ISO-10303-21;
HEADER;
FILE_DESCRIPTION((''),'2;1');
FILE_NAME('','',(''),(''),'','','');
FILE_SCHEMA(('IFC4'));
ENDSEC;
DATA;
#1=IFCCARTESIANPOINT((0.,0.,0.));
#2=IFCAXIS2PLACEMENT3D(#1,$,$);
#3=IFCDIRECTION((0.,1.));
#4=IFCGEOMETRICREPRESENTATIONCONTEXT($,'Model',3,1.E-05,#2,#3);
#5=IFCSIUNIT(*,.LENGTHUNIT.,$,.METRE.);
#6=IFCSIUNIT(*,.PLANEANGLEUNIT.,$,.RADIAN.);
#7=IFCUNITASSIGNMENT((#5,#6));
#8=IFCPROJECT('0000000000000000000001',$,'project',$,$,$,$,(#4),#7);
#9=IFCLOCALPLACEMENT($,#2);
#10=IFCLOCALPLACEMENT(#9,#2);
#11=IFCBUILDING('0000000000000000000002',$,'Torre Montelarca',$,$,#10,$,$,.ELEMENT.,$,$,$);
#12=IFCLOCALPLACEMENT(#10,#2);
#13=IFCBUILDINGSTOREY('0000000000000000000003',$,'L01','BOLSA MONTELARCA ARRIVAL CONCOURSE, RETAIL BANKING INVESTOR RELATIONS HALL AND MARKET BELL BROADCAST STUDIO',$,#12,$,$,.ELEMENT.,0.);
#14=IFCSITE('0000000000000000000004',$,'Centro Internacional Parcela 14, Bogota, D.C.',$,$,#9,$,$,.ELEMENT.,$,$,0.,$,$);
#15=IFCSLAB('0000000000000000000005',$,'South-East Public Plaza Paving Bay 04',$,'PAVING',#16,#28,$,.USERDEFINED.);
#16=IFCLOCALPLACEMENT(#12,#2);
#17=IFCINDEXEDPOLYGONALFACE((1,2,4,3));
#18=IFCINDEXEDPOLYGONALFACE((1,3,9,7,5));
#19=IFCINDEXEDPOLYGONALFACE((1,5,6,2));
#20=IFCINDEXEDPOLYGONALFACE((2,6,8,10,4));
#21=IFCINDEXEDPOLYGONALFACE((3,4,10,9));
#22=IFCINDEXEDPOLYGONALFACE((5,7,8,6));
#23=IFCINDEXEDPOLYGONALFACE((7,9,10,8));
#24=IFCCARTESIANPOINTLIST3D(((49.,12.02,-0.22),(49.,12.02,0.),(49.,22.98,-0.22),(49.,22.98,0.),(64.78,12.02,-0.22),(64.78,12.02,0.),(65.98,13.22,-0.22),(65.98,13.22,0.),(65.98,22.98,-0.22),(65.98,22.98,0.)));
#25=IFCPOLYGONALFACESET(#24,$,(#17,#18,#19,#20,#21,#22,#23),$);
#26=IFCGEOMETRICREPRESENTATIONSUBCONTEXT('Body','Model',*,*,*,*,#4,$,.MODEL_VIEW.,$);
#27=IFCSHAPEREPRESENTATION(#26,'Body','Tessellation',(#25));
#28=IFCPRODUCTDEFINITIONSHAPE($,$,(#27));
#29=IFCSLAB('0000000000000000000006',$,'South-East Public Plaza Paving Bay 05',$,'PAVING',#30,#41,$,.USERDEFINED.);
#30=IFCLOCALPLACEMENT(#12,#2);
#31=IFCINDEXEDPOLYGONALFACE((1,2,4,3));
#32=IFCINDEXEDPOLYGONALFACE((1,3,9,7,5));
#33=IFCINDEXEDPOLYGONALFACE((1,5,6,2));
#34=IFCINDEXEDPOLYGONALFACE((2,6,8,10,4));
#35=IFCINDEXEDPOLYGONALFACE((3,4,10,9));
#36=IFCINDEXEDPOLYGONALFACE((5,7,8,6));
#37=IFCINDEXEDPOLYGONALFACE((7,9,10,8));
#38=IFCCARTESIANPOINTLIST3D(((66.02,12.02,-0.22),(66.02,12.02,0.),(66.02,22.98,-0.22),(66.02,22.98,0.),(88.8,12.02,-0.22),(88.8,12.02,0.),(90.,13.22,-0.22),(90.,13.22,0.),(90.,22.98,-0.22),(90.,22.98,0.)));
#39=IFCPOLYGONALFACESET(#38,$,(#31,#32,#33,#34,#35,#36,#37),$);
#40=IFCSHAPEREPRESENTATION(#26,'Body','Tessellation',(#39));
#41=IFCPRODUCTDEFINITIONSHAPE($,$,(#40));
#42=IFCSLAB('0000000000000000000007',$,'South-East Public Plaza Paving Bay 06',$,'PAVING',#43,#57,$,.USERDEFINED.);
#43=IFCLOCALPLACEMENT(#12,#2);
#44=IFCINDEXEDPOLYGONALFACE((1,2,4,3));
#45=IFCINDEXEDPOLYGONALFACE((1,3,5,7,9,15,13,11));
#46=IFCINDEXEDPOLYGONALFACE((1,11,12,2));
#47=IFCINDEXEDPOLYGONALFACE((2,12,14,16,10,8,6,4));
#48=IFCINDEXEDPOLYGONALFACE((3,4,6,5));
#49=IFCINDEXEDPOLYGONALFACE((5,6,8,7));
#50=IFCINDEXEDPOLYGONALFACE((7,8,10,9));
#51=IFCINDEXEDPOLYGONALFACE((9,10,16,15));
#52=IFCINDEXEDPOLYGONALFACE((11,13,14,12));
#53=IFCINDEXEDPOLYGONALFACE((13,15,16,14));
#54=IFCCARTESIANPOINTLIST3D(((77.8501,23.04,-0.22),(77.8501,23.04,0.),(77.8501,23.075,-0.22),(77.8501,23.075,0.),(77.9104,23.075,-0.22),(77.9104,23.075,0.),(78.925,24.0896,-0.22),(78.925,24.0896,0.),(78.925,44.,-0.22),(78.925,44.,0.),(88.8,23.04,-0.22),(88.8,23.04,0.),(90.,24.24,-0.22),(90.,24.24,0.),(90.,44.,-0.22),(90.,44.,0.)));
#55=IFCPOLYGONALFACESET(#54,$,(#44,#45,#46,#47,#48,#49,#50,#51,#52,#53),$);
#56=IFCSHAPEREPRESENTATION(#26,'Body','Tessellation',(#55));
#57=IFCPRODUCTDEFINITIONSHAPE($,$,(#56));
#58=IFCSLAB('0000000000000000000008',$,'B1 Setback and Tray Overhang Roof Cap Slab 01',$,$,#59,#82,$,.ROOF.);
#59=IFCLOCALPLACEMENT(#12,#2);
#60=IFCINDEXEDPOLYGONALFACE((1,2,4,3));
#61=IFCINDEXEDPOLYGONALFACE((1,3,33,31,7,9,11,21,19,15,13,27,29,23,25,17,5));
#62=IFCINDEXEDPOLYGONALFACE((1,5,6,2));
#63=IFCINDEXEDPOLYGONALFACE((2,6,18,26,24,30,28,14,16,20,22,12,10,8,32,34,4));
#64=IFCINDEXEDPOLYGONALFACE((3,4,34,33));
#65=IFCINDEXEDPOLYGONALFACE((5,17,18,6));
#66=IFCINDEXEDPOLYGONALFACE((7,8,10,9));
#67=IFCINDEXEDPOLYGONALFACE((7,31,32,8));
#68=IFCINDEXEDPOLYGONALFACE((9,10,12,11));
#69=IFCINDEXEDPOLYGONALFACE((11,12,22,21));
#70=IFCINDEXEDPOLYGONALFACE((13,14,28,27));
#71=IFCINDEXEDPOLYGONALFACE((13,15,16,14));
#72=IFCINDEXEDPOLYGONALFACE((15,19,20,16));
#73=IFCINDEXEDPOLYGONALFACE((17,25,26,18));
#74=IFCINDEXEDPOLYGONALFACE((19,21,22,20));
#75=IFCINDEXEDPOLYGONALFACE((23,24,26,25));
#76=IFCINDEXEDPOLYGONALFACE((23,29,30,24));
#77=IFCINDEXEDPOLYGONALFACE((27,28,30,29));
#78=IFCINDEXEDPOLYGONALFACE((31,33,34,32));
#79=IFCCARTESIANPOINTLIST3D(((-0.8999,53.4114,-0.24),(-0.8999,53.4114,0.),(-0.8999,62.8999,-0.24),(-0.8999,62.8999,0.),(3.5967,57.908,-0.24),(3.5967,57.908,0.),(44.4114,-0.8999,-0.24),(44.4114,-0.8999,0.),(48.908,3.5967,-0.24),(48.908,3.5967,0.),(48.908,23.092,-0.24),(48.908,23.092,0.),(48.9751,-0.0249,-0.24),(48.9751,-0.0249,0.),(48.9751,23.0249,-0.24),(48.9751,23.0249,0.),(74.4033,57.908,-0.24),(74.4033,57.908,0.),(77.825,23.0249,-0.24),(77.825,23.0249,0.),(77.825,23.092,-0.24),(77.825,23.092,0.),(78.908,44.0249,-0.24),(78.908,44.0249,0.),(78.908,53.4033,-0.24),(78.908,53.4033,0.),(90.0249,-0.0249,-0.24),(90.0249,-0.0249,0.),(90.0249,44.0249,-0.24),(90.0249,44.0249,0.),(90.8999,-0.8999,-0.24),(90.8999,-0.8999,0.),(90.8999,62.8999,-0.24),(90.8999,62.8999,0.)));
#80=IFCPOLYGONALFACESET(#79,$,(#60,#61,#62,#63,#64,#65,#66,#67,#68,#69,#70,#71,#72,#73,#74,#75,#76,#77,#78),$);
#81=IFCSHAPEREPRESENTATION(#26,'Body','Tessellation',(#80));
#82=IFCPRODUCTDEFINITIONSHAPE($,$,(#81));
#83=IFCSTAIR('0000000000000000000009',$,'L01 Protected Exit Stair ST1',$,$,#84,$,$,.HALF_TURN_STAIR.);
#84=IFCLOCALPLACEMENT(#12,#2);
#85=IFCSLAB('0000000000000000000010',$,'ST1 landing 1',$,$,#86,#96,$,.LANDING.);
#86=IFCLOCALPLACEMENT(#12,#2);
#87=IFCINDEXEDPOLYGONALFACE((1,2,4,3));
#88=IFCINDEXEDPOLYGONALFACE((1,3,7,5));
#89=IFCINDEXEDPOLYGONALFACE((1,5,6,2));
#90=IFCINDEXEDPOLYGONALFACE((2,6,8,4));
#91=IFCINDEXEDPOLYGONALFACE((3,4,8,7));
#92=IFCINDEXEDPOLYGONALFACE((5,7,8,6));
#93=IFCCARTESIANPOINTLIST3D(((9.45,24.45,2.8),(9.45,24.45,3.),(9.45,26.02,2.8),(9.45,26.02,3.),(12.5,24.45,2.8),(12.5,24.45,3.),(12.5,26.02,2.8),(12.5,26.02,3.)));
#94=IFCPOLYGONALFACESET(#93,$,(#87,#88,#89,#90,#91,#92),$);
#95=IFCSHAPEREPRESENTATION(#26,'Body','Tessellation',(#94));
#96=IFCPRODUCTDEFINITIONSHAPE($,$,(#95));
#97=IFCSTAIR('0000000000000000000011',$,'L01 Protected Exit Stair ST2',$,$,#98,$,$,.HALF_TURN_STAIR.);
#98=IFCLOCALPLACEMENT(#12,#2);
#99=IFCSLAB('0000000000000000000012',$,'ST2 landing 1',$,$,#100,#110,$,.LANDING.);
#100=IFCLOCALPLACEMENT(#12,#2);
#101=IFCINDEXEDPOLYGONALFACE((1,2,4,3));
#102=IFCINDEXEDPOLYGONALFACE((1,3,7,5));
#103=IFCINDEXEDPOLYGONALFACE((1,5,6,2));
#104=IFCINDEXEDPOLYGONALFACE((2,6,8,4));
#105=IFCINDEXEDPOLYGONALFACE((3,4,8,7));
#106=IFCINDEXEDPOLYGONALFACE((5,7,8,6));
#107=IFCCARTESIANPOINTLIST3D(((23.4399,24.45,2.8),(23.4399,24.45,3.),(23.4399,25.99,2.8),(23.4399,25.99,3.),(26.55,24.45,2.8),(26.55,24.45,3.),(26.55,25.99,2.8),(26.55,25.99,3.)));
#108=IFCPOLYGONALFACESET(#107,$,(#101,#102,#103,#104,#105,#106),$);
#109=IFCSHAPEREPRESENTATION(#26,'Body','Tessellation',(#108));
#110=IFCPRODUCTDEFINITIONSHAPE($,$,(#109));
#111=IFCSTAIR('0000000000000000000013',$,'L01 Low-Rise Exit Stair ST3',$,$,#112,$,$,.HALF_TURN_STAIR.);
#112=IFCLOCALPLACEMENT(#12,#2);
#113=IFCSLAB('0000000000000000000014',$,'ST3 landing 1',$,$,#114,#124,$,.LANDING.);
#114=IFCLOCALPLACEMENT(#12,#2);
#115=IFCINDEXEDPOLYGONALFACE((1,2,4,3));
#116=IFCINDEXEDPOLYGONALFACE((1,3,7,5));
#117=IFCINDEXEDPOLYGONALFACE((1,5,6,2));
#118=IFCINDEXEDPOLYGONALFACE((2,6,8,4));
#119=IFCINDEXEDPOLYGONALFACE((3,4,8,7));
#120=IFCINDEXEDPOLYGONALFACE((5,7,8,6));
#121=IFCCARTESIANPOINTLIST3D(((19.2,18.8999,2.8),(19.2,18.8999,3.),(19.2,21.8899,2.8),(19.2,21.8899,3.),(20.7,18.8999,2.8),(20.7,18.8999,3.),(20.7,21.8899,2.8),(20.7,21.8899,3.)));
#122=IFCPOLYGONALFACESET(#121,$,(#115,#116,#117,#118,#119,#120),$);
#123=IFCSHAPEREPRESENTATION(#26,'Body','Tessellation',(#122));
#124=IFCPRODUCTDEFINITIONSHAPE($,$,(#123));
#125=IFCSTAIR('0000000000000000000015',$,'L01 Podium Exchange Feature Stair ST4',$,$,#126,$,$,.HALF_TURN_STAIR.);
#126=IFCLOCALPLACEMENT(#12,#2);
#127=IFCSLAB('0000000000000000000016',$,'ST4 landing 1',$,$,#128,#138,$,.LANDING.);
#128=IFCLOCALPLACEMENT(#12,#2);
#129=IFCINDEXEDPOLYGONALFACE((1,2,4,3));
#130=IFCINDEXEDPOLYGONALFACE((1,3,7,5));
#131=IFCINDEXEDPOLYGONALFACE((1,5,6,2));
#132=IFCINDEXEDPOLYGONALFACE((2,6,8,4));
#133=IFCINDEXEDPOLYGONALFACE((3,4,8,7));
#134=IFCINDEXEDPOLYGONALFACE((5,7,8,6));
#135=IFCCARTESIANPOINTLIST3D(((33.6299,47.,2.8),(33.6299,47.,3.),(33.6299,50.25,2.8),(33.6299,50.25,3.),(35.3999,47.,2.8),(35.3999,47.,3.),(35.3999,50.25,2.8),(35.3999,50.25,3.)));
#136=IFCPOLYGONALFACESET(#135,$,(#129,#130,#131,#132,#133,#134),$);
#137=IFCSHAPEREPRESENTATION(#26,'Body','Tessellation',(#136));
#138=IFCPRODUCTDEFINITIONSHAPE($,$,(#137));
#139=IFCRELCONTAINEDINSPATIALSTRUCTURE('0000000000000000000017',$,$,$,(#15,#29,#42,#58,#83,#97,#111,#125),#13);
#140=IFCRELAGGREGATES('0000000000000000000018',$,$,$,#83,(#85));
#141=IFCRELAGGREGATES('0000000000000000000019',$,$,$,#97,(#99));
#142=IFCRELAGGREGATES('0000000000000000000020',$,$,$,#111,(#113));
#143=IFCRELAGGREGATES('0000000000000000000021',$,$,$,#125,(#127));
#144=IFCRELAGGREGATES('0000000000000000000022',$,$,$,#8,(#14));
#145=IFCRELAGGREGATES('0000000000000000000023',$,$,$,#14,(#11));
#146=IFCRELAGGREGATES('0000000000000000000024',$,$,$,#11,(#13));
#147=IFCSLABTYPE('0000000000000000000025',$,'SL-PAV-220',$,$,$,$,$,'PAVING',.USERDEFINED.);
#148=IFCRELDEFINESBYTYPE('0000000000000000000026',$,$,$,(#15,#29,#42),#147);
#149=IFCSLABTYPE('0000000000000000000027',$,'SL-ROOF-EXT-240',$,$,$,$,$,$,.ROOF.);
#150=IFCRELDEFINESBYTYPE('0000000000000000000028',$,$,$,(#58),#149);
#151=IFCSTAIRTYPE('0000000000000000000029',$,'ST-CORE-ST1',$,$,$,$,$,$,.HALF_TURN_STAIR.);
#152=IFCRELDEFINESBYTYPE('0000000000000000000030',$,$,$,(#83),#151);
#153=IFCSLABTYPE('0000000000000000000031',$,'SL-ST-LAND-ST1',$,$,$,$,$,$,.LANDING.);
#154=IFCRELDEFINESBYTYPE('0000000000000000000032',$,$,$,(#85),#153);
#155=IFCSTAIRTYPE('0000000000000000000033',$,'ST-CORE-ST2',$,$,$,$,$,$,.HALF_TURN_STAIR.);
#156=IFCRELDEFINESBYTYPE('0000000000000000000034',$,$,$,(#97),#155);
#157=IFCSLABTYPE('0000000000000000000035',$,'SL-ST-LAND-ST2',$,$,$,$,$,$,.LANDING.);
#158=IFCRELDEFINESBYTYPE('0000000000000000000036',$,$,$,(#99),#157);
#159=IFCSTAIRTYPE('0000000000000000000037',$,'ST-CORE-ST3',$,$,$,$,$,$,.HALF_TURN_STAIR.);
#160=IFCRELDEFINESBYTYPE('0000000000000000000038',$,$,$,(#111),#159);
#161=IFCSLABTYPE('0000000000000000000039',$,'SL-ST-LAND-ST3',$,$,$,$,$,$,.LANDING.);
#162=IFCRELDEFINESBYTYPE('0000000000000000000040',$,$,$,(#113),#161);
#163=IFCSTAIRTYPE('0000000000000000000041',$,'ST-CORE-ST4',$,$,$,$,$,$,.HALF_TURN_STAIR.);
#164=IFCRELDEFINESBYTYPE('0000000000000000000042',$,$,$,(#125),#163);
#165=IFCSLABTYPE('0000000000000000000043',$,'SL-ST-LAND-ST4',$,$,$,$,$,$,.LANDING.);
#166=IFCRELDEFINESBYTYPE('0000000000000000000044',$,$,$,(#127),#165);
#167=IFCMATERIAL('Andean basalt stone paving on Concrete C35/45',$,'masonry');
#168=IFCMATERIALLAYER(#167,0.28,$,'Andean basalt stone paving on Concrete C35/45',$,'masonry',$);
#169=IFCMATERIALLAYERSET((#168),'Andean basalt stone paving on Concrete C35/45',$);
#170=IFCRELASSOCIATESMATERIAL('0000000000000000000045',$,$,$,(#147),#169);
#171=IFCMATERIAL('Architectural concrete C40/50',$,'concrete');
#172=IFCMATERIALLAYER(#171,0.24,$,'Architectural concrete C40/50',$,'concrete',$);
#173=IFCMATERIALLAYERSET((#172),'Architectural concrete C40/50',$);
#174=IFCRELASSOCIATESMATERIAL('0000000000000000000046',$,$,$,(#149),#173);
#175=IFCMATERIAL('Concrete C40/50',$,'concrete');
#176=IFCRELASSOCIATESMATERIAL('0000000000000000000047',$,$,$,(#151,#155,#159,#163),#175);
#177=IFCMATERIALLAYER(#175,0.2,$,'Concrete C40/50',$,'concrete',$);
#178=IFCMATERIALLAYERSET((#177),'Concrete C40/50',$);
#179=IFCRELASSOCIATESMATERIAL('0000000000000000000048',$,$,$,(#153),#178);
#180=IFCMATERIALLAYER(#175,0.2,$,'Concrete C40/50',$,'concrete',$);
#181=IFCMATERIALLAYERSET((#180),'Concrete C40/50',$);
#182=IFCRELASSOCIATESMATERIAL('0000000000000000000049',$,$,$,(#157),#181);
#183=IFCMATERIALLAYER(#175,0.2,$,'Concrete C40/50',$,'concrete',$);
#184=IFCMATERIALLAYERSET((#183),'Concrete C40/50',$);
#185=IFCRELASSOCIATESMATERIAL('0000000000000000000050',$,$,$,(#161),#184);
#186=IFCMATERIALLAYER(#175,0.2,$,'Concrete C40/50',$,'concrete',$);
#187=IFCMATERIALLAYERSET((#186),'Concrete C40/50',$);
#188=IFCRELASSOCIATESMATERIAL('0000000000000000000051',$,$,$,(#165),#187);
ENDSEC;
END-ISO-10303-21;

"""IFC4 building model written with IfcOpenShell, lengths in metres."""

from ifc_helpers import new_model, si_unit, direction, frame, origin, place, context, subcontext, project, spatial, polyline, outline, extrude, material, layer, layer_set, type_object, element, aggregate, save


model = new_model("IFC4")

# Units and contexts
model_context = context("Model", 3, precision=1e-05, world=origin(), true_north=direction((0.0, 1.0)))
body_context = subcontext(model_context, "Body", "Model", "MODEL_VIEW")
ifc_project = project(units=[si_unit("LENGTHUNIT", "METRE"), si_unit("PLANEANGLEUNIT", "RADIAN")], contexts=[model_context])

# Site, building, storey
site_placement = place(None, origin())
site = spatial("IfcSite", under=ifc_project, at=site_placement, Name="Centro Internacional Parcela 14, Bogota, D.C.", CompositionType="ELEMENT", RefElevation=0.0)
building_placement = place(site_placement, origin())
building = spatial("IfcBuilding", under=site, at=building_placement, Name="Torre Montelarca", CompositionType="ELEMENT")
storey_placement = place(building_placement, origin())
storey = spatial("IfcBuildingStorey", under=building, at=storey_placement, Name="L01", Description="BOLSA MONTELARCA ARRIVAL CONCOURSE, RETAIL BANKING INVESTOR RELATIONS HALL AND MARKET BELL BROADCAST STUDIO", CompositionType="ELEMENT", Elevation=0.0)

# Slabs
ifc_material_1 = material(Name="Concrete C40/50", Category="concrete")
ifc_material_2 = material(Name="Andean basalt stone paving on Concrete C35/45", Category="masonry")
ifc_layer_1 = layer(ifc_material_2, 0.28, Name="Andean basalt stone paving on Concrete C35/45", Category="masonry")
ifc_layer_set_1 = layer_set([ifc_layer_1], Name="Andean basalt stone paving on Concrete C35/45")
slab_type_1 = type_object("IfcSlabType", Name="SL-PAV-220", ElementType="PAVING", PredefinedType="USERDEFINED", material=ifc_layer_set_1)
slab_1_placement = place(storey_placement, frame((0.0, 0.0, -0.22)))
element("IfcSlab", 1, at=slab_1_placement, inside=storey, type_object=slab_type_1, Name="South-East Public Plaza Paving Bay 04", ObjectType="PAVING", PredefinedType="USERDEFINED", context=body_context, shape_type="SweptSolid", body=[
    extrude(outline(polyline([(49.0, 12.02), (64.78, 12.02), (65.98, 13.22), (65.98, 22.98), (49.0, 22.98), (49.0, 12.02)])), origin(), (0.0, 0.0, 1.0), 0.22),
])
slab_2_placement = place(storey_placement, frame((0.0, 0.0, -0.22)))
element("IfcSlab", 2, at=slab_2_placement, inside=storey, type_object=slab_type_1, Name="South-East Public Plaza Paving Bay 05", ObjectType="PAVING", PredefinedType="USERDEFINED", context=body_context, shape_type="SweptSolid", body=[
    extrude(outline(polyline([(66.02, 12.02), (88.8, 12.02), (90.0, 13.22), (90.0, 22.98), (66.02, 22.98), (66.02, 12.02)])), origin(), (0.0, 0.0, 1.0), 0.22),
])
slab_3_placement = place(storey_placement, frame((0.0, 0.0, -0.22)))
element("IfcSlab", 3, at=slab_3_placement, inside=storey, type_object=slab_type_1, Name="South-East Public Plaza Paving Bay 06", ObjectType="PAVING", PredefinedType="USERDEFINED", context=body_context, shape_type="SweptSolid", body=[
    extrude(outline(polyline([(78.925, 44.0), (78.925, 24.0896), (77.9104, 23.075), (77.8501, 23.075), (77.8501, 23.04), (88.8, 23.04), (90.0, 24.24), (90.0, 44.0), (78.925, 44.0)])), origin(), (0.0, 0.0, 1.0), 0.22),
])
ifc_material_3 = material(Name="Architectural concrete C40/50", Category="concrete")
ifc_layer_2 = layer(ifc_material_3, 0.24, Name="Architectural concrete C40/50", Category="concrete")
ifc_layer_set_2 = layer_set([ifc_layer_2], Name="Architectural concrete C40/50")
slab_type_2 = type_object("IfcSlabType", Name="SL-ROOF-EXT-240", PredefinedType="ROOF", material=ifc_layer_set_2)
slab_4_placement = place(storey_placement, frame((0.0, 0.0, -0.24)))
element("IfcSlab", 4, at=slab_4_placement, inside=storey, type_object=slab_type_2, Name="B1 Setback and Tray Overhang Roof Cap Slab 01", PredefinedType="ROOF", context=body_context, shape_type="SweptSolid", body=[
    extrude(outline(polyline([(3.5967, 57.908), (74.4033, 57.908), (78.908, 53.4033), (78.908, 44.0249), (90.0249, 44.0249), (90.0249, -0.0249), (48.9751, -0.0249), (48.9751, 23.0249), (77.825, 23.0249), (77.825, 23.092), (48.908, 23.092), (48.908, 3.5967), (44.4114, -0.8999), (90.8999, -0.8999), (90.8999, 62.8999), (-0.8999, 62.8999), (-0.8999, 53.4114), (3.5967, 57.908)])), origin(), (0.0, 0.0, 1.0), 0.24),
])

# Stairs, slabs
stair_type_1 = type_object("IfcStairType", Name="ST-CORE-ST1", PredefinedType="HALF_TURN_STAIR", material=ifc_material_1)
stair_1_placement = place(storey_placement, origin())
stair_1 = element("IfcStair", 5, at=stair_1_placement, inside=storey, type_object=stair_type_1, Name="L01 Protected Exit Stair ST1", PredefinedType="HALF_TURN_STAIR")
ifc_layer_3 = layer(ifc_material_1, 0.2, Name="Concrete C40/50", Category="concrete")
ifc_layer_set_3 = layer_set([ifc_layer_3], Name="Concrete C40/50")
slab_type_3 = type_object("IfcSlabType", Name="SL-ST-LAND-ST1", PredefinedType="LANDING", material=ifc_layer_set_3)
slab_5_placement = place(storey_placement, frame((0.0, 0.0, 2.8)))
slab_5 = element("IfcSlab", 6, at=slab_5_placement, type_object=slab_type_3, Name="ST1 landing 1", PredefinedType="LANDING", context=body_context, shape_type="SweptSolid", body=[
    extrude(outline(polyline([(9.45, 26.02), (9.45, 24.45), (12.5, 24.45), (12.5, 26.02), (9.45, 26.02)])), origin(), (0.0, 0.0, 1.0), 0.2),
])
aggregate(stair_1, [slab_5])
stair_type_2 = type_object("IfcStairType", Name="ST-CORE-ST2", PredefinedType="HALF_TURN_STAIR", material=ifc_material_1)
stair_2_placement = place(storey_placement, origin())
stair_2 = element("IfcStair", 7, at=stair_2_placement, inside=storey, type_object=stair_type_2, Name="L01 Protected Exit Stair ST2", PredefinedType="HALF_TURN_STAIR")
ifc_layer_4 = layer(ifc_material_1, 0.2, Name="Concrete C40/50", Category="concrete")
ifc_layer_set_4 = layer_set([ifc_layer_4], Name="Concrete C40/50")
slab_type_4 = type_object("IfcSlabType", Name="SL-ST-LAND-ST2", PredefinedType="LANDING", material=ifc_layer_set_4)
slab_6_placement = place(storey_placement, frame((0.0, 0.0, 2.8)))
slab_6 = element("IfcSlab", 8, at=slab_6_placement, type_object=slab_type_4, Name="ST2 landing 1", PredefinedType="LANDING", context=body_context, shape_type="SweptSolid", body=[
    extrude(outline(polyline([(23.4399, 25.99), (23.4399, 24.45), (26.55, 24.45), (26.55, 25.99), (23.4399, 25.99)])), origin(), (0.0, 0.0, 1.0), 0.2),
])
aggregate(stair_2, [slab_6])
stair_type_3 = type_object("IfcStairType", Name="ST-CORE-ST3", PredefinedType="HALF_TURN_STAIR", material=ifc_material_1)
stair_3_placement = place(storey_placement, origin())
stair_3 = element("IfcStair", 9, at=stair_3_placement, inside=storey, type_object=stair_type_3, Name="L01 Low-Rise Exit Stair ST3", PredefinedType="HALF_TURN_STAIR")
ifc_layer_5 = layer(ifc_material_1, 0.2, Name="Concrete C40/50", Category="concrete")
ifc_layer_set_5 = layer_set([ifc_layer_5], Name="Concrete C40/50")
slab_type_5 = type_object("IfcSlabType", Name="SL-ST-LAND-ST3", PredefinedType="LANDING", material=ifc_layer_set_5)
slab_7_placement = place(storey_placement, frame((0.0, 0.0, 2.8)))
slab_7 = element("IfcSlab", 10, at=slab_7_placement, type_object=slab_type_5, Name="ST3 landing 1", PredefinedType="LANDING", context=body_context, shape_type="SweptSolid", body=[
    extrude(outline(polyline([(19.2, 18.8999), (20.7, 18.8999), (20.7, 21.8899), (19.2, 21.8899), (19.2, 18.8999)])), origin(), (0.0, 0.0, 1.0), 0.2),
])
aggregate(stair_3, [slab_7])
stair_type_4 = type_object("IfcStairType", Name="ST-CORE-ST4", PredefinedType="HALF_TURN_STAIR", material=ifc_material_1)
stair_4_placement = place(storey_placement, origin())
stair_4 = element("IfcStair", 11, at=stair_4_placement, inside=storey, type_object=stair_type_4, Name="L01 Podium Exchange Feature Stair ST4", PredefinedType="HALF_TURN_STAIR")
ifc_layer_6 = layer(ifc_material_1, 0.2, Name="Concrete C40/50", Category="concrete")
ifc_layer_set_6 = layer_set([ifc_layer_6], Name="Concrete C40/50")
slab_type_6 = type_object("IfcSlabType", Name="SL-ST-LAND-ST4", PredefinedType="LANDING", material=ifc_layer_set_6)
slab_8_placement = place(storey_placement, frame((0.0, 0.0, 2.8)))
slab_8 = element("IfcSlab", 12, at=slab_8_placement, type_object=slab_type_6, Name="ST4 landing 1", PredefinedType="LANDING", context=body_context, shape_type="SweptSolid", body=[
    extrude(outline(polyline([(33.6299, 47.0), (35.3999, 47.0), (35.3999, 50.25), (33.6299, 50.25), (33.6299, 47.0)])), origin(), (0.0, 0.0, 1.0), 0.2),
])
aggregate(stair_4, [slab_8])

save(model, "model.ifc")
